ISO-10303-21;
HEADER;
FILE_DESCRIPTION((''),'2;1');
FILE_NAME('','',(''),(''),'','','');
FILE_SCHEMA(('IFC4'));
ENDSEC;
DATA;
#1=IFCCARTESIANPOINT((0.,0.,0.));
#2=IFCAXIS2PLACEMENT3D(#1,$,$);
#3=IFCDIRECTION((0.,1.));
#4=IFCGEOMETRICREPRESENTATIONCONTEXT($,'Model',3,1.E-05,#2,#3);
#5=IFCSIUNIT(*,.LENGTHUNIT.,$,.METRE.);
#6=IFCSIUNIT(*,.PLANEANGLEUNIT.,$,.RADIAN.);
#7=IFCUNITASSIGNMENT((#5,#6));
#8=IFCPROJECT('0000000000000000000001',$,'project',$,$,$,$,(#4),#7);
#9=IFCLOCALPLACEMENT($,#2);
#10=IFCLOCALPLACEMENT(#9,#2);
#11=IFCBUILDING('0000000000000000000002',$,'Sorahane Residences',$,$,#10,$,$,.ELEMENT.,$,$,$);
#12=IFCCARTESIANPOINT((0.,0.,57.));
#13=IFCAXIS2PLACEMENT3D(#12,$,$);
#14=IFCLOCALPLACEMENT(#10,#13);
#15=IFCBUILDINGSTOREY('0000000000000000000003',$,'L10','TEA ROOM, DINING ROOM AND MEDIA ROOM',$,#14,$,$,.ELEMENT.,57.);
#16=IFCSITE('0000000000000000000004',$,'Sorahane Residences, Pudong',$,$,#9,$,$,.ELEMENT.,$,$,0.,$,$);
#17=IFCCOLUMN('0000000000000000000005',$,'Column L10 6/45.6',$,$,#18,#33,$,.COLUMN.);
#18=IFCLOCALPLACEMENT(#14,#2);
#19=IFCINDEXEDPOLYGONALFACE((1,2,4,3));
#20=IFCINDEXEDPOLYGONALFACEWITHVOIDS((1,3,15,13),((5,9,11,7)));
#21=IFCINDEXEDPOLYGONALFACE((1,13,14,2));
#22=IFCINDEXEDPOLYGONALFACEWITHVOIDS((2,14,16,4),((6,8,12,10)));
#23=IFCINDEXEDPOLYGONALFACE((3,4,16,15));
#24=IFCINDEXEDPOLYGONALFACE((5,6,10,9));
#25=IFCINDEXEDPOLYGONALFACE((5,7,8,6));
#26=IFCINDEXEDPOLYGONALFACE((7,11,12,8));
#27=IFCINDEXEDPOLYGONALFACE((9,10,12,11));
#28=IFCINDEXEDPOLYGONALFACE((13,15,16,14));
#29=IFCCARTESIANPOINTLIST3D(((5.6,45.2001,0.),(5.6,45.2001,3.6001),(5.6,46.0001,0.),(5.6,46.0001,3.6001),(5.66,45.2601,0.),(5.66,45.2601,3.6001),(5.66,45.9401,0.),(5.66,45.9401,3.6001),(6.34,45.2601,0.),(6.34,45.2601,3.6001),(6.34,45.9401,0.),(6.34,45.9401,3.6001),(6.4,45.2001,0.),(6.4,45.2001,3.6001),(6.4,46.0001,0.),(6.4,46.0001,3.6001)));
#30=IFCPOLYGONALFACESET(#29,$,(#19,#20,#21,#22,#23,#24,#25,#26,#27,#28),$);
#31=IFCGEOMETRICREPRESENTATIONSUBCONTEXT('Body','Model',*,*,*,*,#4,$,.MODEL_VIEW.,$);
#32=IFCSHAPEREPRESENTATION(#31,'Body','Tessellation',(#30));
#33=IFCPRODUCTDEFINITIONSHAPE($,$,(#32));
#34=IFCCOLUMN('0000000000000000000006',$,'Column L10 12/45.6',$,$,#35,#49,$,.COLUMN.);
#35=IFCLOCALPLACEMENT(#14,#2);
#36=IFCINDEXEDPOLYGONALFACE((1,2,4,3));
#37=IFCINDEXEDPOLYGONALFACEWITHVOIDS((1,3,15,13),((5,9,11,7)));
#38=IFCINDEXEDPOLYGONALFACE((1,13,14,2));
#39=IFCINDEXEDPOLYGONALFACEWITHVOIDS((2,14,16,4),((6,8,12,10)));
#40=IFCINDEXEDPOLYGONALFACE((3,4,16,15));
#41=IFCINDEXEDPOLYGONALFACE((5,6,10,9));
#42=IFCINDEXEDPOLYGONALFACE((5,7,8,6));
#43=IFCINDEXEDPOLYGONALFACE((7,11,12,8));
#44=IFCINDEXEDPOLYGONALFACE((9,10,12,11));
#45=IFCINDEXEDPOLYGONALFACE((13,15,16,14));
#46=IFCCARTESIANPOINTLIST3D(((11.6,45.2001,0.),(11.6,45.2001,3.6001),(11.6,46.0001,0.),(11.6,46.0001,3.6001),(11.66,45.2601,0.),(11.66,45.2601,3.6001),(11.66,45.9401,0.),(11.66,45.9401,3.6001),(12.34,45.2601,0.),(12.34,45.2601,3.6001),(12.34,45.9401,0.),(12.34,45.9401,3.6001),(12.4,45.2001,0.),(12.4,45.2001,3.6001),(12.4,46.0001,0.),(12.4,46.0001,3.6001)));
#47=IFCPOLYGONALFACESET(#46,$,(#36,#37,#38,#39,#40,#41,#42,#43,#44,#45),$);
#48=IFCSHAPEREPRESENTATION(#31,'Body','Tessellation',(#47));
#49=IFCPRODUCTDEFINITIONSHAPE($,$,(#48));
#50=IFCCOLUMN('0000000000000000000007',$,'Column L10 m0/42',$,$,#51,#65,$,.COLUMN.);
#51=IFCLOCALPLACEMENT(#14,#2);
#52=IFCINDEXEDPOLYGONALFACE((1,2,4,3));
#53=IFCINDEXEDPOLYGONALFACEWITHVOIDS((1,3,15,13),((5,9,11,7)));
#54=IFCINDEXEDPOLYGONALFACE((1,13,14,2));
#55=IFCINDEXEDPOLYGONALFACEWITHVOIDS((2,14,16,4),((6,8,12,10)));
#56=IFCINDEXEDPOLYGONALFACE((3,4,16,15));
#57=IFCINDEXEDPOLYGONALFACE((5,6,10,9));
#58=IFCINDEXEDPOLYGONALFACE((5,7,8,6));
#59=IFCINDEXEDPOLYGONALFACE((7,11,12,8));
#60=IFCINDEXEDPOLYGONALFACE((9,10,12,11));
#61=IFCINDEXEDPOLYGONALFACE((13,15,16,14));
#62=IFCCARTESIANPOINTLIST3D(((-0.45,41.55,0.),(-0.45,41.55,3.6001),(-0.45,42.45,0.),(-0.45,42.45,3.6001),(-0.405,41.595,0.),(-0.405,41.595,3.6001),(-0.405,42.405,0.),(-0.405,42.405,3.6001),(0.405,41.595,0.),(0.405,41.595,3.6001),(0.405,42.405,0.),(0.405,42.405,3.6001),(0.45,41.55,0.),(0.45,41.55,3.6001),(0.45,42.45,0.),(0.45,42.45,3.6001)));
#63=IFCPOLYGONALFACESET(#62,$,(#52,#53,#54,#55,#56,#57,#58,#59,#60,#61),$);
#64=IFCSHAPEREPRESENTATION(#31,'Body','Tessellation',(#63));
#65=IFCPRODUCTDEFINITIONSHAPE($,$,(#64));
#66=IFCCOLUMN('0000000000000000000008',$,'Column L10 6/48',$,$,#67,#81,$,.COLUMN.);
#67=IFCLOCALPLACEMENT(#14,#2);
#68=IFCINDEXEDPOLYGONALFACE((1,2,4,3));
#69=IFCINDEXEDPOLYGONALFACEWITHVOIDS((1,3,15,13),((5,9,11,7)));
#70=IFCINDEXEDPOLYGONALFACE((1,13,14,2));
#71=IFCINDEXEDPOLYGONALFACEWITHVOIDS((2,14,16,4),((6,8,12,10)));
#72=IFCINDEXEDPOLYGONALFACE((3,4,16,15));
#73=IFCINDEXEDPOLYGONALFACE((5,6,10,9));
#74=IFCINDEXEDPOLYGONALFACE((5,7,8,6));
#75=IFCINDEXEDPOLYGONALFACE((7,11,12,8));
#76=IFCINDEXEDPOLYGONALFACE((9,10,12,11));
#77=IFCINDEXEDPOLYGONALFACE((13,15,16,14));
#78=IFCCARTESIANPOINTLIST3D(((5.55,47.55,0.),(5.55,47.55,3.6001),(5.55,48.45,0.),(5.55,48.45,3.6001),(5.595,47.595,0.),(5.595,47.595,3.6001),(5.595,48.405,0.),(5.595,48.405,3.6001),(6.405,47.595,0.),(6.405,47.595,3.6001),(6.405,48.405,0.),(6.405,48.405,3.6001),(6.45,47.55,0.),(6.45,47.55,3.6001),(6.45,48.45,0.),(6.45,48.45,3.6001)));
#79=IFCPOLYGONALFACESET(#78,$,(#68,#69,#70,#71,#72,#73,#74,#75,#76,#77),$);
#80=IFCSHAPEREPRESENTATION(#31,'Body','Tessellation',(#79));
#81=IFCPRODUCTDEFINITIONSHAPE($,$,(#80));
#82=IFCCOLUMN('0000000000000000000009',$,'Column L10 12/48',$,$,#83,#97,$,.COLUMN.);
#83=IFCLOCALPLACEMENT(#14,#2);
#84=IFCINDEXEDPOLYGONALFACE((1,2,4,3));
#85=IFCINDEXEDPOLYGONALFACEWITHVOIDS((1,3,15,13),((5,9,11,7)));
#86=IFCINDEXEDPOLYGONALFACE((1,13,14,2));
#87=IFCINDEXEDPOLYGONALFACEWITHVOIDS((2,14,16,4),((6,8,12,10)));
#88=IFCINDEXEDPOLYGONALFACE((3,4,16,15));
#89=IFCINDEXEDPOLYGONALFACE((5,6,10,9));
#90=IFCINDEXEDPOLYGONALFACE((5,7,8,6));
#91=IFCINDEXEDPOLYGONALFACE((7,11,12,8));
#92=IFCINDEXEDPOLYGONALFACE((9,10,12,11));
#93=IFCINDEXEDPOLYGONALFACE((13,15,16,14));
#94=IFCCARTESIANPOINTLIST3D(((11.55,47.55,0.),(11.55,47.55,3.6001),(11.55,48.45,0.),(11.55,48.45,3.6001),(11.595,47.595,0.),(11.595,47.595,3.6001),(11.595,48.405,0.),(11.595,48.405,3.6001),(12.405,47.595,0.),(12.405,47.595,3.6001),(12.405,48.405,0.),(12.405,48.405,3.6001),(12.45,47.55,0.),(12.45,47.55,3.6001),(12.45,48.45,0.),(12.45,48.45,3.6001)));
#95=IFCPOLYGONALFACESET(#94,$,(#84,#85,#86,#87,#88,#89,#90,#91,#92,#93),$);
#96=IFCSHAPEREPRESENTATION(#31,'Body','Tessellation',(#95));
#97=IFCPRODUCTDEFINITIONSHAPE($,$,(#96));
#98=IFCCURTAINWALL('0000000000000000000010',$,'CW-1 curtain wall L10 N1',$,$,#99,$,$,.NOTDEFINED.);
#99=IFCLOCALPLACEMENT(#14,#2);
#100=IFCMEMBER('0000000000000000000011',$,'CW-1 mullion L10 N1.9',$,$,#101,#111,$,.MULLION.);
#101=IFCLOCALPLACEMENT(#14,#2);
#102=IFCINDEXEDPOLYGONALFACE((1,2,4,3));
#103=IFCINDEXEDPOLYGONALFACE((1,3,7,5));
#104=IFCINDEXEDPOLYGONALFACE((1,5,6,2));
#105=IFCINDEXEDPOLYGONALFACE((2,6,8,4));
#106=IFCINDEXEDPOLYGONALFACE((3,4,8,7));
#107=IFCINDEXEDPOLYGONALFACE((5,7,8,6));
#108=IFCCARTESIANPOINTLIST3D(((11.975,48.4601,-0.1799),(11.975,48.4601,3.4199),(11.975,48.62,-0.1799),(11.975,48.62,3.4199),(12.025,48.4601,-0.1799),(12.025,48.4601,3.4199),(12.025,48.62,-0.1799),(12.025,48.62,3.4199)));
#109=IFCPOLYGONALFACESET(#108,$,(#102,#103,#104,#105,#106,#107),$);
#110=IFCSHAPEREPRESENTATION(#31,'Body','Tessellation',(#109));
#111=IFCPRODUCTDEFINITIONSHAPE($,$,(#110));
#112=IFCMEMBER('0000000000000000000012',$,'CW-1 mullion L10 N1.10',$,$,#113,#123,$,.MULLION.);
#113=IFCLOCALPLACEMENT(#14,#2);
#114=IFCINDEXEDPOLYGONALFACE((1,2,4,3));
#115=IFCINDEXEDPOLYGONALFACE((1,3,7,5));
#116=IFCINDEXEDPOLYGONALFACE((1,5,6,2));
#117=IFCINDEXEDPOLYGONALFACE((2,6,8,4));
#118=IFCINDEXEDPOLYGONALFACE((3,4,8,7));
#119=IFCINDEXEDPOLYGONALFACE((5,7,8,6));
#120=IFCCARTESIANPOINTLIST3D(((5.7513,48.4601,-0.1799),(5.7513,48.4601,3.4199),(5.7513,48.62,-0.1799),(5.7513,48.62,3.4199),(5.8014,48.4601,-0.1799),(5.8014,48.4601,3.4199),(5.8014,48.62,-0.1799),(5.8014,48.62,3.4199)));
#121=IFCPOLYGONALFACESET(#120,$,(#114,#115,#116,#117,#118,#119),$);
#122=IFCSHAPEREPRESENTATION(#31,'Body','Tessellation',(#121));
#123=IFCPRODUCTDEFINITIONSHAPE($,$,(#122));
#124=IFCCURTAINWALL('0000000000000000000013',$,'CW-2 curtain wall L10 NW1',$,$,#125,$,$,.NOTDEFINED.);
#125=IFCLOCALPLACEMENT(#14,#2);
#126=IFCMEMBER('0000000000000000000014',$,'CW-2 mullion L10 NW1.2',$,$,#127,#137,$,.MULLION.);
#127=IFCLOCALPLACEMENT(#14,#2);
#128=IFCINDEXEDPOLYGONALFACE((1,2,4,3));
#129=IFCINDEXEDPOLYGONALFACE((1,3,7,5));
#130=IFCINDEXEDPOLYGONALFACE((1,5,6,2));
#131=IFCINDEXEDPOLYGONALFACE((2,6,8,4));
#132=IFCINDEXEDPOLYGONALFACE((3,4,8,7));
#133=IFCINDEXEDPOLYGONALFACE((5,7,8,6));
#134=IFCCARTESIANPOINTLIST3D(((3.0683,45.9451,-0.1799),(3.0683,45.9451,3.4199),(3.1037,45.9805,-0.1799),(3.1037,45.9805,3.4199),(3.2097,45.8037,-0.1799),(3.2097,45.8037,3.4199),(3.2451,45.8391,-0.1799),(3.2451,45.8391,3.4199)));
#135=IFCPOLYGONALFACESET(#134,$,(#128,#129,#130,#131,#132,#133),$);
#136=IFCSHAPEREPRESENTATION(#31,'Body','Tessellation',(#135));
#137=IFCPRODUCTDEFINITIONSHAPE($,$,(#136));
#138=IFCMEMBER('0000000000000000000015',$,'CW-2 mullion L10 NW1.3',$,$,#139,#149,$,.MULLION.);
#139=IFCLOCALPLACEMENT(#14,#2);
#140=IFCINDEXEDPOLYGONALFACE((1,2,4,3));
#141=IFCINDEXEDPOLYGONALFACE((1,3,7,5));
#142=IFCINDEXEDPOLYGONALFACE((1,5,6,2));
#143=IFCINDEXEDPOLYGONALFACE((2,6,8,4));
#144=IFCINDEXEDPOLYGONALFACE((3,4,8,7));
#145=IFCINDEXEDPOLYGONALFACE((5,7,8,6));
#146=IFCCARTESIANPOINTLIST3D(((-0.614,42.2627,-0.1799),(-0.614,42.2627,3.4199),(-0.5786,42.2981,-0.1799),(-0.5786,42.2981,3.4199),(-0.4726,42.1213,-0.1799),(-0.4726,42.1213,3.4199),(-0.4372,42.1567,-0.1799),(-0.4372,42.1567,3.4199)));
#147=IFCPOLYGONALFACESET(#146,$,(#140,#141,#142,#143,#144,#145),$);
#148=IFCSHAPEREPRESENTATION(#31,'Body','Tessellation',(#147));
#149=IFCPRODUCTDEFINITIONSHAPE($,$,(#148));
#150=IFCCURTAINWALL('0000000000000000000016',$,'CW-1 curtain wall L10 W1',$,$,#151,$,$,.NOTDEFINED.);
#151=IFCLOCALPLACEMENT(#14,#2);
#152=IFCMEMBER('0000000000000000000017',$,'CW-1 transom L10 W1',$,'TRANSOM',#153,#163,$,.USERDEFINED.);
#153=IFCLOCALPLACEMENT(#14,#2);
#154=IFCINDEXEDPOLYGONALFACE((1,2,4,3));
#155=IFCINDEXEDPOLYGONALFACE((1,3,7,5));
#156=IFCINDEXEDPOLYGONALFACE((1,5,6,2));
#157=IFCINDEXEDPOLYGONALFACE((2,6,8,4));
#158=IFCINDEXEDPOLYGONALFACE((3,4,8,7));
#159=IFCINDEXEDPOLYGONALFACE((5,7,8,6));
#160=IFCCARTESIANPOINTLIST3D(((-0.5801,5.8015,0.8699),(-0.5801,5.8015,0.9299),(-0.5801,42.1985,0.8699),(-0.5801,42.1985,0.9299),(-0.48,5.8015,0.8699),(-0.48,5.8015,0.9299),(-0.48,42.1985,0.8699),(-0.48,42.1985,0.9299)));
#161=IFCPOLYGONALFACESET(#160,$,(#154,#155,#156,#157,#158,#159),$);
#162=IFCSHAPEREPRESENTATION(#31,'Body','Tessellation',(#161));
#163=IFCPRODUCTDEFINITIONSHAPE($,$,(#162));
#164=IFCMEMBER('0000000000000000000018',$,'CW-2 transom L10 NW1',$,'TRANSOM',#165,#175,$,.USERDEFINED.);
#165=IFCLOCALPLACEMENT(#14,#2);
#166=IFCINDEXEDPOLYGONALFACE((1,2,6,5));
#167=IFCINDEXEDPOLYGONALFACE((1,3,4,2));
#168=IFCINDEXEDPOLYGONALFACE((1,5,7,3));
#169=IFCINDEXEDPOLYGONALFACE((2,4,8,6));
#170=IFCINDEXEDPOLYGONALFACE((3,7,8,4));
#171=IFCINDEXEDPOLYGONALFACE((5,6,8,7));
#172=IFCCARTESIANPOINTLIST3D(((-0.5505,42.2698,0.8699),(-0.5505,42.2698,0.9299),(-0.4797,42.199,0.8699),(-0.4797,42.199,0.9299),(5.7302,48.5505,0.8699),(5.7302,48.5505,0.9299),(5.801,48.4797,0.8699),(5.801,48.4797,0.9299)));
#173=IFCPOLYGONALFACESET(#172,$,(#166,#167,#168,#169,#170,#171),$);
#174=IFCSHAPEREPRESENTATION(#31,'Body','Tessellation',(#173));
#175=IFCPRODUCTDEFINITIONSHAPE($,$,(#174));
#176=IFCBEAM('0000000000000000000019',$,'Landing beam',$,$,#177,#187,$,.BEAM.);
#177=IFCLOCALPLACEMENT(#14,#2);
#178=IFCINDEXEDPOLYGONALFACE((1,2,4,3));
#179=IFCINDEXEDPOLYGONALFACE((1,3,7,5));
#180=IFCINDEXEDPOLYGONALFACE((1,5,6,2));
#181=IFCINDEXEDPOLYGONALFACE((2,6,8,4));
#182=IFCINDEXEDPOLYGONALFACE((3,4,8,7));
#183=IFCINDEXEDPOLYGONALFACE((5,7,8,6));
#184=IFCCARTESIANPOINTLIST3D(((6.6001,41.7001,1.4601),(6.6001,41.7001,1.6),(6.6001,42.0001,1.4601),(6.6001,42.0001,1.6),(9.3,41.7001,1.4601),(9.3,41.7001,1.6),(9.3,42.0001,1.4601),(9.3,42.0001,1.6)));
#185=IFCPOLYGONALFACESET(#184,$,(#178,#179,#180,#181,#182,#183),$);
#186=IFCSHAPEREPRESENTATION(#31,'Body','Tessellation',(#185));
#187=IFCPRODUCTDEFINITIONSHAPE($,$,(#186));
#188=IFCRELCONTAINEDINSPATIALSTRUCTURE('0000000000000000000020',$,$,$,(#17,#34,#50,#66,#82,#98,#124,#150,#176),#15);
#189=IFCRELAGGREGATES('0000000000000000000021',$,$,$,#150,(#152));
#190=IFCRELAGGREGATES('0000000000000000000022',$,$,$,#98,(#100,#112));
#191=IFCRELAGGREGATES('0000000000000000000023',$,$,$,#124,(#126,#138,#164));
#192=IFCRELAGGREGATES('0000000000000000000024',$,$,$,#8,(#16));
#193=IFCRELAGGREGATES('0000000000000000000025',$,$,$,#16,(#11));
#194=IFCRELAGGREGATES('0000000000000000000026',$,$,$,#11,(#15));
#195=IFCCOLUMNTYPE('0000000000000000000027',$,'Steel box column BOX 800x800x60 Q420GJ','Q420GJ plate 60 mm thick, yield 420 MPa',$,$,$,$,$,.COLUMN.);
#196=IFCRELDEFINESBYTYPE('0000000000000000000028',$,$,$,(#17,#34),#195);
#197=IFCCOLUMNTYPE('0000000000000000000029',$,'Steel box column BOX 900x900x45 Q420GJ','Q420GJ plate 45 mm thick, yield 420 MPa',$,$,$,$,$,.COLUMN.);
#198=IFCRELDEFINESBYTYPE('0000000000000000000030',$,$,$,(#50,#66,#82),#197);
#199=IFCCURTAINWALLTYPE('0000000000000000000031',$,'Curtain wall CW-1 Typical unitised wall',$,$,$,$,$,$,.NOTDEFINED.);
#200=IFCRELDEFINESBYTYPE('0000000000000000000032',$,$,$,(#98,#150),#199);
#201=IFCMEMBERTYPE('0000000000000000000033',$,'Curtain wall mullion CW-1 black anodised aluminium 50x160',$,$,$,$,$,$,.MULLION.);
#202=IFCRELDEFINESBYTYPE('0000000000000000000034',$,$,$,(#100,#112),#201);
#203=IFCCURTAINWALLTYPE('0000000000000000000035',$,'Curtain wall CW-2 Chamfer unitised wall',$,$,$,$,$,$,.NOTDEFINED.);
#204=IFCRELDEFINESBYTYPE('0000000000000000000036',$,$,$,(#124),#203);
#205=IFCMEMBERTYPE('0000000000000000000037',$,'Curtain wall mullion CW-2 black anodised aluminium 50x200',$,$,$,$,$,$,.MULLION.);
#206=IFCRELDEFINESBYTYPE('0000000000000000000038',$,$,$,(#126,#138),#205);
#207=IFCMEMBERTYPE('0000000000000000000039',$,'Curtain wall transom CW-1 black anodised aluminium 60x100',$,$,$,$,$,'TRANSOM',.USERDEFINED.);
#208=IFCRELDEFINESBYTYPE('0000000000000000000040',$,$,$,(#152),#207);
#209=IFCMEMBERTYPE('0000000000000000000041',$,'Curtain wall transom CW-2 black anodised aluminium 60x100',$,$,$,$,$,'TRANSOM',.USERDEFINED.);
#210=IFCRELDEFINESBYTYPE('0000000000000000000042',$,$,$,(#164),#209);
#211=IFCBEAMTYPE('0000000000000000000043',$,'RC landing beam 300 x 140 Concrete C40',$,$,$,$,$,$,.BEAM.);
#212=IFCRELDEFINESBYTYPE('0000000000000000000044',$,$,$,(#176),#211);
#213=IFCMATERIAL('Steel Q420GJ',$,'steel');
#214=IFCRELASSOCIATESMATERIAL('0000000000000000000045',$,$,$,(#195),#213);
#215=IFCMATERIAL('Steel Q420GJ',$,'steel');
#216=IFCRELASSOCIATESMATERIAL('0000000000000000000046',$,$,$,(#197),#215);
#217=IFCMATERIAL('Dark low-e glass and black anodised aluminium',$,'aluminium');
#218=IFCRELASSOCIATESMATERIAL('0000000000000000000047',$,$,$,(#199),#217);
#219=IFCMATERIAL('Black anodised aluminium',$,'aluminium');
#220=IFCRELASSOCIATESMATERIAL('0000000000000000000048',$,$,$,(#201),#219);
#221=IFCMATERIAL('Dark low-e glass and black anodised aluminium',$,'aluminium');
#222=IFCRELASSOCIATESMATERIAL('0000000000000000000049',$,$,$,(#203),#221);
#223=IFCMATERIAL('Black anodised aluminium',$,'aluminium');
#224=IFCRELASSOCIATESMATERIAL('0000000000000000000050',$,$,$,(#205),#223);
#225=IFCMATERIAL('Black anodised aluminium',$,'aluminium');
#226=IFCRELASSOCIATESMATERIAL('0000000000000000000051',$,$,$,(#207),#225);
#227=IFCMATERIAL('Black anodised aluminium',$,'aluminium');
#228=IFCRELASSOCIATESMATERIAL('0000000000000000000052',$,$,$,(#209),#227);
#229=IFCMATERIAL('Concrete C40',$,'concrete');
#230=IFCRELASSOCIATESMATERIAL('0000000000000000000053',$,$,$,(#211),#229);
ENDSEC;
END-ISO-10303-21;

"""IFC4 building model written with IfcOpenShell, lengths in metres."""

from ifc_helpers import new_model, si_unit, direction, frame, origin, origin_2d, place, context, subcontext, project, spatial, rectangle, hollow_rectangle, extrude, material, material_profile, profile_set, type_object, element, aggregate, save


model = new_model("IFC4")

# Units and contexts
model_context = context("Model", 3, precision=1e-05, world=origin(), true_north=direction((0.0, 1.0)))
body_context = subcontext(model_context, "Body", "Model", "MODEL_VIEW")
ifc_project = project(units=[si_unit("LENGTHUNIT", "METRE"), si_unit("PLANEANGLEUNIT", "RADIAN")], contexts=[model_context])

# Site, building, storey
site_placement = place(None, origin())
site = spatial("IfcSite", under=ifc_project, at=site_placement, Name="Sorahane Residences, Pudong", CompositionType="ELEMENT", RefElevation=0.0)
building_placement = place(site_placement, origin())
building = spatial("IfcBuilding", under=site, at=building_placement, Name="Sorahane Residences", CompositionType="ELEMENT")
storey_placement = place(building_placement, frame((0.0, 0.0, 57.0)))
storey = spatial("IfcBuildingStorey", under=building, at=storey_placement, Name="L10", Description="TEA ROOM, DINING ROOM AND MEDIA ROOM", CompositionType="ELEMENT", Elevation=57.0)

# Columns
ifc_material_1 = material(Name="Steel Q420GJ", Category="steel")
ifc_material_profile_1 = material_profile(ifc_material_1, hollow_rectangle(XDim=0.8, YDim=0.8, WallThickness=0.0601, at=origin_2d()), Name="BOX 800x800x60")
ifc_profile_set_1 = profile_set([ifc_material_profile_1], Name="Steel Q420GJ")
column_type_1 = type_object("IfcColumnType", Name="Steel box column BOX 800x800x60 Q420GJ", Description="Q420GJ plate 60 mm thick, yield 420 MPa", PredefinedType="COLUMN", material=ifc_profile_set_1)
for number, where, z_axis, x_axis, name in (
    (1, (6.0, 45.6001, 0.0), (0.0, 0.0, 1.0), (1.0, 0.0, 0.0), "Column L10 6/45.6"),
    (2, (12.0, 45.6001, 0.0), (0.0, 0.0, 1.0), (1.0, 0.0, 0.0), "Column L10 12/45.6"),
):
    element("IfcColumn", number, at=place(storey_placement, frame(where, z_axis=z_axis, x_axis=x_axis)), inside=storey, type_object=column_type_1, Name=name, PredefinedType="COLUMN", context=body_context, shape_type="SweptSolid", body=[
        extrude(hollow_rectangle(XDim=0.8, YDim=0.8, WallThickness=0.0601, at=origin_2d()), origin(), (0.0, 0.0, 1.0), 3.6001),
    ])
ifc_material_2 = material(Name="Steel Q420GJ", Category="steel")
ifc_material_profile_2 = material_profile(ifc_material_2, hollow_rectangle(XDim=0.8999, YDim=0.8999, WallThickness=0.0449, at=origin_2d()), Name="BOX 900x900x45")
ifc_profile_set_2 = profile_set([ifc_material_profile_2], Name="Steel Q420GJ")
column_type_2 = type_object("IfcColumnType", Name="Steel box column BOX 900x900x45 Q420GJ", Description="Q420GJ plate 45 mm thick, yield 420 MPa", PredefinedType="COLUMN", material=ifc_profile_set_2)
for number, where, z_axis, x_axis, name in (
    (3, (0.0, 42.0, 0.0), (0.0, 0.0, 1.0), (1.0, 0.0, 0.0), "Column L10 m0/42"),
    (4, (6.0, 48.0, 0.0), (0.0, 0.0, 1.0), (1.0, 0.0, 0.0), "Column L10 6/48"),
    (5, (12.0, 48.0, 0.0), (0.0, 0.0, 1.0), (1.0, 0.0, 0.0), "Column L10 12/48"),
):
    element("IfcColumn", number, at=place(storey_placement, frame(where, z_axis=z_axis, x_axis=x_axis)), inside=storey, type_object=column_type_2, Name=name, PredefinedType="COLUMN", context=body_context, shape_type="SweptSolid", body=[
        extrude(hollow_rectangle(XDim=0.8999, YDim=0.8999, WallThickness=0.0449, at=origin_2d()), origin(), (0.0, 0.0, 1.0), 3.6001),
    ])

# Curtain walls, members
ifc_material_3 = material(Name="Dark low-e glass and black anodised aluminium", Category="aluminium")
curtain_wall_type_1 = type_object("IfcCurtainWallType", Name="Curtain wall CW-1 Typical unitised wall", PredefinedType="NOTDEFINED", material=ifc_material_3)
curtain_wall_1_placement = place(storey_placement, origin())
curtain_wall_1 = element("IfcCurtainWall", 6, at=curtain_wall_1_placement, inside=storey, type_object=curtain_wall_type_1, Name="CW-1 curtain wall L10 N1", PredefinedType="NOTDEFINED")
ifc_material_4 = material(Name="Black anodised aluminium", Category="aluminium")
ifc_material_profile_3 = material_profile(ifc_material_4, rectangle(XDim=0.1599, YDim=0.05, at=origin_2d()), Name="Curtain wall mullion CW-1 black anodised aluminium 50x160")
ifc_profile_set_3 = profile_set([ifc_material_profile_3], Name="Black anodised aluminium")
member_type_1 = type_object("IfcMemberType", Name="Curtain wall mullion CW-1 black anodised aluminium 50x160", PredefinedType="MULLION", material=ifc_profile_set_3)
member_1_placement = place(storey_placement, frame((12.0, 48.54, -0.1799), z_axis=(0.0, 0.0, 1.0), x_axis=(0.0, 1.0, 0.0)))
member_1 = element("IfcMember", 7, at=member_1_placement, type_object=member_type_1, Name="CW-1 mullion L10 N1.9", PredefinedType="MULLION", context=body_context, shape_type="SweptSolid", body=[
    extrude(rectangle(XDim=0.1599, YDim=0.05, at=origin_2d()), origin(), (0.0, 0.0, 1.0), 3.5999),
])
member_2_placement = place(storey_placement, frame((5.7764, 48.54, -0.1799), z_axis=(0.0, 0.0, 1.0), x_axis=(0.0, 1.0, 0.0)))
member_2 = element("IfcMember", 8, at=member_2_placement, type_object=member_type_1, Name="CW-1 mullion L10 N1.10", PredefinedType="MULLION", context=body_context, shape_type="SweptSolid", body=[
    extrude(rectangle(XDim=0.1599, YDim=0.05, at=origin_2d()), origin(), (0.0, 0.0, 1.0), 3.5999),
])
ifc_material_5 = material(Name="Dark low-e glass and black anodised aluminium", Category="aluminium")
curtain_wall_type_2 = type_object("IfcCurtainWallType", Name="Curtain wall CW-2 Chamfer unitised wall", PredefinedType="NOTDEFINED", material=ifc_material_5)
curtain_wall_2_placement = place(storey_placement, origin())
curtain_wall_2 = element("IfcCurtainWall", 9, at=curtain_wall_2_placement, inside=storey, type_object=curtain_wall_type_2, Name="CW-2 curtain wall L10 NW1", PredefinedType="NOTDEFINED")
ifc_material_6 = material(Name="Black anodised aluminium", Category="aluminium")
ifc_material_profile_4 = material_profile(ifc_material_6, rectangle(XDim=0.2, YDim=0.05, at=origin_2d()), Name="Curtain wall mullion CW-2 black anodised aluminium 50x200")
ifc_profile_set_4 = profile_set([ifc_material_profile_4], Name="Black anodised aluminium")
member_type_2 = type_object("IfcMemberType", Name="Curtain wall mullion CW-2 black anodised aluminium 50x200", PredefinedType="MULLION", material=ifc_profile_set_4)
member_3_placement = place(storey_placement, frame((3.1567, 45.8921, -0.1799), z_axis=(0.0, 0.0, 1.0), x_axis=(-0.707107, 0.707107, 0.0)))
member_3 = element("IfcMember", 10, at=member_3_placement, type_object=member_type_2, Name="CW-2 mullion L10 NW1.2", PredefinedType="MULLION", context=body_context, shape_type="SweptSolid", body=[
    extrude(rectangle(XDim=0.2, YDim=0.05, at=origin_2d()), origin(), (0.0, 0.0, 1.0), 3.5999),
])
member_4_placement = place(storey_placement, frame((-0.5256, 42.2097, -0.1799), z_axis=(0.0, 0.0, 1.0), x_axis=(-0.707107, 0.707107, 0.0)))
member_4 = element("IfcMember", 11, at=member_4_placement, type_object=member_type_2, Name="CW-2 mullion L10 NW1.3", PredefinedType="MULLION", context=body_context, shape_type="SweptSolid", body=[
    extrude(rectangle(XDim=0.2, YDim=0.05, at=origin_2d()), origin(), (0.0, 0.0, 1.0), 3.5999),
])

# Curtain wall, member
curtain_wall_3_placement = place(storey_placement, origin())
curtain_wall_3 = element("IfcCurtainWall", 12, at=curtain_wall_3_placement, inside=storey, type_object=curtain_wall_type_1, Name="CW-1 curtain wall L10 W1", PredefinedType="NOTDEFINED")
ifc_material_7 = material(Name="Black anodised aluminium", Category="aluminium")
ifc_material_profile_5 = material_profile(ifc_material_7, rectangle(XDim=0.1001, YDim=0.0601, at=origin_2d()), Name="Curtain wall transom CW-1 black anodised aluminium 60x100")
ifc_profile_set_5 = profile_set([ifc_material_profile_5], Name="Black anodised aluminium")
member_type_3 = type_object("IfcMemberType", Name="Curtain wall transom CW-1 black anodised aluminium 60x100", ElementType="TRANSOM", PredefinedType="USERDEFINED", material=ifc_profile_set_5)
member_5_placement = place(storey_placement, frame((-0.53, 42.1985, 0.8999), z_axis=(0.0, -1.0, 0.0), x_axis=(1.0, 0.0, 0.0)))
member_5 = element("IfcMember", 13, at=member_5_placement, type_object=member_type_3, Name="CW-1 transom L10 W1", ObjectType="TRANSOM", PredefinedType="USERDEFINED", context=body_context, shape_type="SweptSolid", body=[
    extrude(rectangle(XDim=0.1001, YDim=0.0601, at=origin_2d()), origin(), (0.0, 0.0, 1.0), 36.397),
])
aggregate(curtain_wall_3, [member_5])

# Member
ifc_material_8 = material(Name="Black anodised aluminium", Category="aluminium")
ifc_material_profile_6 = material_profile(ifc_material_8, rectangle(XDim=0.1001, YDim=0.0601, at=origin_2d()), Name="Curtain wall transom CW-2 black anodised aluminium 60x100")
ifc_profile_set_6 = profile_set([ifc_material_profile_6], Name="Black anodised aluminium")
member_type_4 = type_object("IfcMemberType", Name="Curtain wall transom CW-2 black anodised aluminium 60x100", ElementType="TRANSOM", PredefinedType="USERDEFINED", material=ifc_profile_set_6)
member_6_placement = place(storey_placement, frame((5.7656, 48.5151, 0.8999), z_axis=(-0.707107, -0.707107, 0.0), x_axis=(0.707107, -0.707107, 0.0)))
member_6 = element("IfcMember", 14, at=member_6_placement, type_object=member_type_4, Name="CW-2 transom L10 NW1", ObjectType="TRANSOM", PredefinedType="USERDEFINED", context=body_context, shape_type="SweptSolid", body=[
    extrude(rectangle(XDim=0.1001, YDim=0.0601, at=origin_2d()), origin(), (0.0, 0.0, 1.0), 8.8823),
])

# Beam
ifc_material_9 = material(Name="Concrete C40", Category="concrete")
ifc_material_profile_7 = material_profile(ifc_material_9, rectangle(XDim=0.3, YDim=0.1399, at=origin_2d()), Name="300x140")
ifc_profile_set_7 = profile_set([ifc_material_profile_7], Name="Concrete C40")
beam_type_1 = type_object("IfcBeamType", Name="RC landing beam 300 x 140 Concrete C40", PredefinedType="BEAM", material=ifc_profile_set_7)
for number, where, z_axis, x_axis, name in (
    (15, (6.6001, 41.8501, 1.53), (1.0, 0.0, 0.0), (0.0, 1.0, 0.0), "Landing beam"),
):
    element("IfcBeam", number, at=place(storey_placement, frame(where, z_axis=z_axis, x_axis=x_axis)), inside=storey, type_object=beam_type_1, Name=name, PredefinedType="BEAM", context=body_context, shape_type="SweptSolid", body=[
        extrude(rectangle(XDim=0.3, YDim=0.1399, at=origin_2d()), origin(), (0.0, 0.0, 1.0), 2.7),
    ])

aggregate(curtain_wall_1, [member_1, member_2])
aggregate(curtain_wall_2, [member_3, member_4, member_6])

save(model, "model.ifc")
